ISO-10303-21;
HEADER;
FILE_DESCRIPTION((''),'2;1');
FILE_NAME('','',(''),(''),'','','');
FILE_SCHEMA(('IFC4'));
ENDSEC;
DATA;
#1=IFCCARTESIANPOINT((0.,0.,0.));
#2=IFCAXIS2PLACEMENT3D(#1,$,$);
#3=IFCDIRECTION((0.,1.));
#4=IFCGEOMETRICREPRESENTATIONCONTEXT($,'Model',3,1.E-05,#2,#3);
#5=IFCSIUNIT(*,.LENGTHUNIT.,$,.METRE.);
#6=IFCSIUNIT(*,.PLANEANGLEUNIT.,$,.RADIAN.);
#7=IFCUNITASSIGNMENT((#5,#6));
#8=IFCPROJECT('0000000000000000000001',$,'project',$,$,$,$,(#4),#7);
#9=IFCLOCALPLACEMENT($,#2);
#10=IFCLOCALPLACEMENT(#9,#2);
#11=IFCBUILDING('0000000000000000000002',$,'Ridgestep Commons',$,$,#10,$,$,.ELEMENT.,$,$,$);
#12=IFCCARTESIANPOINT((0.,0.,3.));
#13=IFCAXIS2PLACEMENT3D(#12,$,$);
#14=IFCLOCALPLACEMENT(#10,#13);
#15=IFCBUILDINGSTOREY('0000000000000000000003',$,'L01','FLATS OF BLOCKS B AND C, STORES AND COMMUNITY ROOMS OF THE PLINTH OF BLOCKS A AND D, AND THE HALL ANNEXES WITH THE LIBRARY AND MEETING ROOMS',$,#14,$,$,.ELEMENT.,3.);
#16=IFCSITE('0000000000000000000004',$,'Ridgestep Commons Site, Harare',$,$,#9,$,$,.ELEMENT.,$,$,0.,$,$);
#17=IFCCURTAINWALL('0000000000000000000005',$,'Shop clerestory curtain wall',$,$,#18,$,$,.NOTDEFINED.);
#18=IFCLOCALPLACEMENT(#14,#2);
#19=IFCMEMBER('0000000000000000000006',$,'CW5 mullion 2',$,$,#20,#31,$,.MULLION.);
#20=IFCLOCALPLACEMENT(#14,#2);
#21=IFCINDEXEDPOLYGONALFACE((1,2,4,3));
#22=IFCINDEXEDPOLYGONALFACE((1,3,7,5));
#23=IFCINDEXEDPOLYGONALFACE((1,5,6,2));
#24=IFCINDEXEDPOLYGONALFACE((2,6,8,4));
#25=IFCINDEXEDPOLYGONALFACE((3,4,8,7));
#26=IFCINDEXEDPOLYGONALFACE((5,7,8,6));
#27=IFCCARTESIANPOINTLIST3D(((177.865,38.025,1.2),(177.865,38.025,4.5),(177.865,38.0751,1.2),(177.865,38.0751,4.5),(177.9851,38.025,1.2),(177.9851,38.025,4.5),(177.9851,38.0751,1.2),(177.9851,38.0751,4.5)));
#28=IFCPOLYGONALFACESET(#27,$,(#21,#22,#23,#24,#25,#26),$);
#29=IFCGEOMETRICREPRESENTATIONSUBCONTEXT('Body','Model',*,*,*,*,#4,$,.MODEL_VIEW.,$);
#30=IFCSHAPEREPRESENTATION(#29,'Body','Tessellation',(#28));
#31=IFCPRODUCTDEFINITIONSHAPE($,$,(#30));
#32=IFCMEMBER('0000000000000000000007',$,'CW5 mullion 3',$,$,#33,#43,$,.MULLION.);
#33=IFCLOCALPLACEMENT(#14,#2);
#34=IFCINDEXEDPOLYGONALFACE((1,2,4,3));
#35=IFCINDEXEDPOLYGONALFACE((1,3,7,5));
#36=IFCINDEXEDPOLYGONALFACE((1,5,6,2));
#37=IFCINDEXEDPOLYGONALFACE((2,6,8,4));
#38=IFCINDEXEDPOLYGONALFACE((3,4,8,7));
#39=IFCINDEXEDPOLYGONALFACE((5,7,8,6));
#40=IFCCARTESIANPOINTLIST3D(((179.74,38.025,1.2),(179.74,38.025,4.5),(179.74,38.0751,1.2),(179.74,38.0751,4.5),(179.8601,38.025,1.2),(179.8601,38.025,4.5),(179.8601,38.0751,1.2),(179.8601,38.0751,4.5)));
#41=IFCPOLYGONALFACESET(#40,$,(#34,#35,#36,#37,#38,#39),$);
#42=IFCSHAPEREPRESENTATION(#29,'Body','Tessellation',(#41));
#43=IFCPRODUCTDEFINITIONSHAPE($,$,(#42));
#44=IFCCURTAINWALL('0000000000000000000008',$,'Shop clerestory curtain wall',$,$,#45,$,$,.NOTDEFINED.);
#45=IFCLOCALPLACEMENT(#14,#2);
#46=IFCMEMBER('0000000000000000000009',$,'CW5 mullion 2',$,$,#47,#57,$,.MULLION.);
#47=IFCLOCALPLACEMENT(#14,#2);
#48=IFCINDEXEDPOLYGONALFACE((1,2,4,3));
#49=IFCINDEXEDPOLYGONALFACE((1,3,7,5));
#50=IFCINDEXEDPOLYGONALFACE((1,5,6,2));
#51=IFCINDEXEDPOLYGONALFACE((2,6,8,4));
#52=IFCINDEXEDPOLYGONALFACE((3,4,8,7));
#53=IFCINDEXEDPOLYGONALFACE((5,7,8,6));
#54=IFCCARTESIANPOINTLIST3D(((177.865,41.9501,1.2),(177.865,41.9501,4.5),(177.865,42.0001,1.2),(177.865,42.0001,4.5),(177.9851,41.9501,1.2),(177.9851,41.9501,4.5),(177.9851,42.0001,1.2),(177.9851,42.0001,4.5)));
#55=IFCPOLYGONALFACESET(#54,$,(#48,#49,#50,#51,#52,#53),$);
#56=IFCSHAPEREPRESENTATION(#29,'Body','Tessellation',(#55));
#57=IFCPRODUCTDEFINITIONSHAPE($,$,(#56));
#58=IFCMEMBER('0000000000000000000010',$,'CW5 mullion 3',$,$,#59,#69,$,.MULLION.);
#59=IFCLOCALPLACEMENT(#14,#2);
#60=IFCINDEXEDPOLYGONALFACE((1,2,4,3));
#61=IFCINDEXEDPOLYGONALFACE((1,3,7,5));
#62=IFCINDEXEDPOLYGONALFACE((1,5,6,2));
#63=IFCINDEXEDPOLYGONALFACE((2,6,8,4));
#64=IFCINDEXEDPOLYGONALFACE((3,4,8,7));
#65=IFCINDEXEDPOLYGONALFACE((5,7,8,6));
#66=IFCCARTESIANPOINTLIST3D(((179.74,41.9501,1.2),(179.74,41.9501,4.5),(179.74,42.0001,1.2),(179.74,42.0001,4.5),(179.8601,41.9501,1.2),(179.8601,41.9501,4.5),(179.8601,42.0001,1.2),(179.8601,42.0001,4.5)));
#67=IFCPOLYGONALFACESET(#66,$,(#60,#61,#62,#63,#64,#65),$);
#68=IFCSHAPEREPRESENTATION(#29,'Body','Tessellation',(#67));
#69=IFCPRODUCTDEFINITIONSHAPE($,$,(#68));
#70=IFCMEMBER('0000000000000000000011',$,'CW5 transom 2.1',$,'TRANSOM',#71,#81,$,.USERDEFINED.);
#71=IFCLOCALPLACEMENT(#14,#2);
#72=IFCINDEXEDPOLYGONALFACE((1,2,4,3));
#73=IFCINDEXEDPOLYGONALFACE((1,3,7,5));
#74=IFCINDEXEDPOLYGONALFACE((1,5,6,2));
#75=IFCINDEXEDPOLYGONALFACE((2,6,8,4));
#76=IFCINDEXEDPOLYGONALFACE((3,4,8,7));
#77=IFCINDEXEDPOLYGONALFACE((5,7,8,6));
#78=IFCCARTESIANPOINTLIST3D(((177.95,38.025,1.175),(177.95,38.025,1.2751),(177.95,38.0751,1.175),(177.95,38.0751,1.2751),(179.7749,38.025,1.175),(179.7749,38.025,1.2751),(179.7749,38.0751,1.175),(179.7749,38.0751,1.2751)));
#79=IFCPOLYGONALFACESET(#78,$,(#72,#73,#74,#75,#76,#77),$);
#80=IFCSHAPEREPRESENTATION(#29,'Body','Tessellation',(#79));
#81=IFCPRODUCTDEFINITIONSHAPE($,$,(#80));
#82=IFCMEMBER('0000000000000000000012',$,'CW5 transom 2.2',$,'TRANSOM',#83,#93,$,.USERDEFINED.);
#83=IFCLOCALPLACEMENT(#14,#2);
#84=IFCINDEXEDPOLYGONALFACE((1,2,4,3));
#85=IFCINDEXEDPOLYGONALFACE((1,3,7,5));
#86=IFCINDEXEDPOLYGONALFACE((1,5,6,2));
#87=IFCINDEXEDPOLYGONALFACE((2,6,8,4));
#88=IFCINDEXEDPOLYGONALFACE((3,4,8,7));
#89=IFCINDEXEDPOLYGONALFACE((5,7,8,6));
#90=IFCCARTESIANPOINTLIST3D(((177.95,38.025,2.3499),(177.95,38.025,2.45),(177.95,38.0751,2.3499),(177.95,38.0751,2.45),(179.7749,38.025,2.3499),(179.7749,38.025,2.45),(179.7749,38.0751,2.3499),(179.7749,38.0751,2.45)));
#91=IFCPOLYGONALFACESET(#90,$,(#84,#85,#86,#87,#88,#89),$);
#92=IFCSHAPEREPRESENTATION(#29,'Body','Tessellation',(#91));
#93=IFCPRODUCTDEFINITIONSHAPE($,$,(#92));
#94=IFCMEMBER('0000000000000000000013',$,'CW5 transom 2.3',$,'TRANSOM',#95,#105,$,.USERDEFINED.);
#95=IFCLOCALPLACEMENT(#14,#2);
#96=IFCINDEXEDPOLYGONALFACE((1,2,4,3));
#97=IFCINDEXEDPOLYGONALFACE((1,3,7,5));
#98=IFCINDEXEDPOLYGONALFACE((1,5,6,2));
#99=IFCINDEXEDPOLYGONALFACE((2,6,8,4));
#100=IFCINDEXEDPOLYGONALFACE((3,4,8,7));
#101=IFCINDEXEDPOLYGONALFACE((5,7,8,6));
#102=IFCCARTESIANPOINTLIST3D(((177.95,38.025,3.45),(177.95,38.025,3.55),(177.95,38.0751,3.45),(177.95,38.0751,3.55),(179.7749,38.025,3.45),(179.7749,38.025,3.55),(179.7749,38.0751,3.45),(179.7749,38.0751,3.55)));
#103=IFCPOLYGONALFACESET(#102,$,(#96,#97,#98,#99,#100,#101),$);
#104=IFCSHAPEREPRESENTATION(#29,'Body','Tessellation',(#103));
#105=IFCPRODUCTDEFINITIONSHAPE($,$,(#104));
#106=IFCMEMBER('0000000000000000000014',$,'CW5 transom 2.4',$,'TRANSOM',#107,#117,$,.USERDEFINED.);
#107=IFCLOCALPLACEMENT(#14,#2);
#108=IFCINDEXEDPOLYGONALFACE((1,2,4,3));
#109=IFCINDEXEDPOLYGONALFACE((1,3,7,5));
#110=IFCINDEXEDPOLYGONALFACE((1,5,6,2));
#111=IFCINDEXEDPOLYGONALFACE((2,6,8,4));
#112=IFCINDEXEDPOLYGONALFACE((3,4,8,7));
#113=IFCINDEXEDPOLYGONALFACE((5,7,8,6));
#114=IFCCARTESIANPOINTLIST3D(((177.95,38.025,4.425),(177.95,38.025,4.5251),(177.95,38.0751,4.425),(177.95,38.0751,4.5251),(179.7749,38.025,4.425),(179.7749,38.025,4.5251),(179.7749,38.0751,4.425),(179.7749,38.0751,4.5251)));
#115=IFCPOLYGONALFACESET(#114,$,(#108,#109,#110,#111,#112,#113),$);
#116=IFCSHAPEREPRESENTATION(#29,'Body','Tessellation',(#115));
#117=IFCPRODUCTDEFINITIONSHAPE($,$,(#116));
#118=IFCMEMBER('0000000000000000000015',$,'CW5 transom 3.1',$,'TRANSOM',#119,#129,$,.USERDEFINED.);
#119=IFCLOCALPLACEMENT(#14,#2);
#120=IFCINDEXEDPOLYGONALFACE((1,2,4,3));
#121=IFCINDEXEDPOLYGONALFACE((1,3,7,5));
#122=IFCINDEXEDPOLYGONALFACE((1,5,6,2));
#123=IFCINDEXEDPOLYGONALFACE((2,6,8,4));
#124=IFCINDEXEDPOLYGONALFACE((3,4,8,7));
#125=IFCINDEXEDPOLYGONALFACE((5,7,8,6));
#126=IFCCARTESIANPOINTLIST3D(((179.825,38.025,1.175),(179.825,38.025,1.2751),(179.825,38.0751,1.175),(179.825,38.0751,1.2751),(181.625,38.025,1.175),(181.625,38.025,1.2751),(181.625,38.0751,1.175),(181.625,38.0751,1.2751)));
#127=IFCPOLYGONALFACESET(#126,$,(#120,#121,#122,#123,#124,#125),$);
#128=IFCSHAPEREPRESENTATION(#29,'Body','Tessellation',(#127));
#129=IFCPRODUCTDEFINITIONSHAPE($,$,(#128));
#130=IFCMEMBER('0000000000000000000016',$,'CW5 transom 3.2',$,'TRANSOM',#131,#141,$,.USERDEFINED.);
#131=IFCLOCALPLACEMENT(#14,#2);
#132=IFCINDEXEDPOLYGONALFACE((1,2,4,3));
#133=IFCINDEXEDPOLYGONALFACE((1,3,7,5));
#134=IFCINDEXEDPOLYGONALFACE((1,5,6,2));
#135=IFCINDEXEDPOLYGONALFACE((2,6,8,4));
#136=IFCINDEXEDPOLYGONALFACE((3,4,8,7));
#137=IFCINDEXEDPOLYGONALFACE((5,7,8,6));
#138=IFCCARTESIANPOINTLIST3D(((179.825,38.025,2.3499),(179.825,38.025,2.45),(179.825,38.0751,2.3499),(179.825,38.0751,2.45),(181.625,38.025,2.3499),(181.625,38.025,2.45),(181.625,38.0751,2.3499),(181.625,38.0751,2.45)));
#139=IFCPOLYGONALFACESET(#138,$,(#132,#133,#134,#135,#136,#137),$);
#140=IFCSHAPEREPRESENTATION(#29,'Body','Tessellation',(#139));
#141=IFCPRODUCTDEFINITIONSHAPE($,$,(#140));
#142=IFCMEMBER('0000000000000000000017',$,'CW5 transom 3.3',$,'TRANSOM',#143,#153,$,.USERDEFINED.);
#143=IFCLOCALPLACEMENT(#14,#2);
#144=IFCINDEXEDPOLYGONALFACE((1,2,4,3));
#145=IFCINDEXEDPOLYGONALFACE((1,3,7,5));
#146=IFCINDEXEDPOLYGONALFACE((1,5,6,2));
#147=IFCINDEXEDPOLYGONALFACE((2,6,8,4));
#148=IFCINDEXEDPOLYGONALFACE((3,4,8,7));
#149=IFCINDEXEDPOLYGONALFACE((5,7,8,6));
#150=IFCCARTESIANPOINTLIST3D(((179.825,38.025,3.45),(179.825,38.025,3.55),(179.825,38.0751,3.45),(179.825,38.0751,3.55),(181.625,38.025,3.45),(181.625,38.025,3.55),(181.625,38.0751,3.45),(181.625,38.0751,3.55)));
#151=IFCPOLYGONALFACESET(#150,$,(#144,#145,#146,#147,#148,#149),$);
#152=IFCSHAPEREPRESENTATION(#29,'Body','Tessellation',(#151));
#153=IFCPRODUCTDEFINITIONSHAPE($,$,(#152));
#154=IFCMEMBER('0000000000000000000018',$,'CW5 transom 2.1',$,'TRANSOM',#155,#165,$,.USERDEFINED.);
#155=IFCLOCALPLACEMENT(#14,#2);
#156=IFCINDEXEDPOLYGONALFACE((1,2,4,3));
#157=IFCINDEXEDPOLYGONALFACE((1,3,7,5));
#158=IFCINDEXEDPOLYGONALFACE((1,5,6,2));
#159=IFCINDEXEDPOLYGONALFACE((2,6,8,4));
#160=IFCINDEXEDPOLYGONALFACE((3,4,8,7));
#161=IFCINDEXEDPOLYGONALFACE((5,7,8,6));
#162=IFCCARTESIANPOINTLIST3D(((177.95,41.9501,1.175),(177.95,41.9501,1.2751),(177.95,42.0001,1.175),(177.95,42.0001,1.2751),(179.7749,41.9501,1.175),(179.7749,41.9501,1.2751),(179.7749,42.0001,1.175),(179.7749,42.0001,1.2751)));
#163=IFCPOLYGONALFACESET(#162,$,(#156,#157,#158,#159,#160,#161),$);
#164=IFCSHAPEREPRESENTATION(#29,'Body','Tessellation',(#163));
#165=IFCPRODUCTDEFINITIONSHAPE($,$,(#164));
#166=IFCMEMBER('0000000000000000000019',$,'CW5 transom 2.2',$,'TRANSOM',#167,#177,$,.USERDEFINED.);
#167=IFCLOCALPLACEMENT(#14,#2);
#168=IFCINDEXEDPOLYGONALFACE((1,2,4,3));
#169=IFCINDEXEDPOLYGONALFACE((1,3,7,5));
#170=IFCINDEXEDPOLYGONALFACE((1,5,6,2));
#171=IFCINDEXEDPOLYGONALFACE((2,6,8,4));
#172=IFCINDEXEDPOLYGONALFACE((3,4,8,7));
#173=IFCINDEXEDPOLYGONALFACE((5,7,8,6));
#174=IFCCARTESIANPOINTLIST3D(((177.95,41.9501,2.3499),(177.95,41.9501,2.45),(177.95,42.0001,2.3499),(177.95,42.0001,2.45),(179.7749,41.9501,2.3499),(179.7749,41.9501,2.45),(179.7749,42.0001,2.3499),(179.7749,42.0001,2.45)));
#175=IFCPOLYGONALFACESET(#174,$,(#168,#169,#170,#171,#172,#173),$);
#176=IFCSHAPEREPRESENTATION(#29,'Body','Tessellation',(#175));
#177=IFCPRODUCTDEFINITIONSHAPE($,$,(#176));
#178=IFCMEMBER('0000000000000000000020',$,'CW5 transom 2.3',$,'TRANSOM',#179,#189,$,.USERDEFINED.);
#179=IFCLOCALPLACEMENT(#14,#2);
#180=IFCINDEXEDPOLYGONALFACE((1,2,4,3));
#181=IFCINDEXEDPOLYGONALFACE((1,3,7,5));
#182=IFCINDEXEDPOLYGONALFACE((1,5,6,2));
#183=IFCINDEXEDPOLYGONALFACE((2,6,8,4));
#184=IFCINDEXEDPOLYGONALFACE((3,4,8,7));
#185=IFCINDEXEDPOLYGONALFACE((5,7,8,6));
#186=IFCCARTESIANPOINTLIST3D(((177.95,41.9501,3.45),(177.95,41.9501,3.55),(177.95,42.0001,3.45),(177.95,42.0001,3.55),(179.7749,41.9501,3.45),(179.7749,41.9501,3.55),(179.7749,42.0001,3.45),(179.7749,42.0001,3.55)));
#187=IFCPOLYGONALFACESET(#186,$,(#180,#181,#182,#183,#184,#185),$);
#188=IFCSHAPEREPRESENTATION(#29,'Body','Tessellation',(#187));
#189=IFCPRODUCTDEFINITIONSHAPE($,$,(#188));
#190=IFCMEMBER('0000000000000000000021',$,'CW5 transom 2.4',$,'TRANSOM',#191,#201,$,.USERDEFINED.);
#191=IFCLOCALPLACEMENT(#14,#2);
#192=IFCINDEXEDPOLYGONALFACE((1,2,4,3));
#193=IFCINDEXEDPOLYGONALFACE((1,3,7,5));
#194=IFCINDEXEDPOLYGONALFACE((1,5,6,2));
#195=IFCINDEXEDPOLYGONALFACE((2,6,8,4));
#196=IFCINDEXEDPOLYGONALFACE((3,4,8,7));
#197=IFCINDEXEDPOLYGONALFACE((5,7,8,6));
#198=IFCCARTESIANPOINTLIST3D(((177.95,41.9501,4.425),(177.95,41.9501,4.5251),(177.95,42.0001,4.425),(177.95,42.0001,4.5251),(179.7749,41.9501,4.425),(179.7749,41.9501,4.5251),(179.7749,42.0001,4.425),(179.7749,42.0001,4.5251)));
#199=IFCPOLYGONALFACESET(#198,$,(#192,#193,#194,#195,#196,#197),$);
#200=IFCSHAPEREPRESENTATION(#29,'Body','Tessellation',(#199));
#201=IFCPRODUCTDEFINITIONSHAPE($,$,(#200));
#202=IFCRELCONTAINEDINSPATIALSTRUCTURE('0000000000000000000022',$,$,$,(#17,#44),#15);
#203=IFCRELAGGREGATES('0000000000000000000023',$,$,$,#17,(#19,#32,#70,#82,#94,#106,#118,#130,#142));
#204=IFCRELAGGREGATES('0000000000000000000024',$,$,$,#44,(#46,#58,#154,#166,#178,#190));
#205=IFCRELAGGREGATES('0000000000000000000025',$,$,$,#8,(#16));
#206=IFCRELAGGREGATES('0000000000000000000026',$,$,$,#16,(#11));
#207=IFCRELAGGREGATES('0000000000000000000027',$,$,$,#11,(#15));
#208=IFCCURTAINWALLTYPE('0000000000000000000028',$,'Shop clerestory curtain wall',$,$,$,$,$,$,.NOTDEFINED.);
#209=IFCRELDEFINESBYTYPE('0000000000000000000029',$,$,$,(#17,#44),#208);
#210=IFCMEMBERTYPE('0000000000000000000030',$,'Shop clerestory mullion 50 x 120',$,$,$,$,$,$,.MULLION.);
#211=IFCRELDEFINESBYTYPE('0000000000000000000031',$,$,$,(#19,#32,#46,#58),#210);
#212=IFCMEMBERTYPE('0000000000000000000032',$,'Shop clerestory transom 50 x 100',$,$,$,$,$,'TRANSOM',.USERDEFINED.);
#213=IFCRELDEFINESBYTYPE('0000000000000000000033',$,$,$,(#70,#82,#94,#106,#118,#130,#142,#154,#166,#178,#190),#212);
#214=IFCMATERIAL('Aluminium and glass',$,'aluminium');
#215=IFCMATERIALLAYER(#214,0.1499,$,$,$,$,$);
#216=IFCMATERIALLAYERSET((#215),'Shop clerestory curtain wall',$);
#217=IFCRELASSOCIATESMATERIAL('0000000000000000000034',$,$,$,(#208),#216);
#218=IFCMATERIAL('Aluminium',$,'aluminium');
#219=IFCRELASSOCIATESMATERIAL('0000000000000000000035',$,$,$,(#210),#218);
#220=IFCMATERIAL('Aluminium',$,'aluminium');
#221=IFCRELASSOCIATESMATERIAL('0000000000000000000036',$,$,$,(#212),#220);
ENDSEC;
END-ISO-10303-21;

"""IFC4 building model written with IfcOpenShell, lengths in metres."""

from ifc_helpers import new_model, si_unit, direction, frame, origin, origin_2d, place, context, subcontext, project, spatial, rectangle, extrude, material, layer, layer_set, material_profile, profile_set, type_object, element, aggregate, save


model = new_model("IFC4")

# Units and contexts
model_context = context("Model", 3, precision=1e-05, world=origin(), true_north=direction((0.0, 1.0)))
body_context = subcontext(model_context, "Body", "Model", "MODEL_VIEW")
ifc_project = project(units=[si_unit("LENGTHUNIT", "METRE"), si_unit("PLANEANGLEUNIT", "RADIAN")], contexts=[model_context])

# Site, building, storey
site_placement = place(None, origin())
site = spatial("IfcSite", under=ifc_project, at=site_placement, Name="Ridgestep Commons Site, Harare", CompositionType="ELEMENT", RefElevation=0.0)
building_placement = place(site_placement, origin())
building = spatial("IfcBuilding", under=site, at=building_placement, Name="Ridgestep Commons", CompositionType="ELEMENT")
storey_placement = place(building_placement, frame((0.0, 0.0, 3.0)))
storey = spatial("IfcBuildingStorey", under=building, at=storey_placement, Name="L01", Description="FLATS OF BLOCKS B AND C, STORES AND COMMUNITY ROOMS OF THE PLINTH OF BLOCKS A AND D, AND THE HALL ANNEXES WITH THE LIBRARY AND MEETING ROOMS", CompositionType="ELEMENT", Elevation=3.0)

# Curtain walls, members
ifc_material_1 = material(Name="Aluminium and glass", Category="aluminium")
ifc_layer_1 = layer(ifc_material_1, 0.1499)
ifc_layer_set_1 = layer_set([ifc_layer_1], Name="Shop clerestory curtain wall")
curtain_wall_type = type_object("IfcCurtainWallType", Name="Shop clerestory curtain wall", PredefinedType="NOTDEFINED", material=ifc_layer_set_1)
curtain_wall_1_placement = place(storey_placement, origin())
curtain_wall_1 = element("IfcCurtainWall", 1, at=curtain_wall_1_placement, inside=storey, type_object=curtain_wall_type, Name="Shop clerestory curtain wall", PredefinedType="NOTDEFINED")
ifc_material_2 = material(Name="Aluminium", Category="aluminium")
ifc_material_profile_1 = material_profile(ifc_material_2, rectangle(XDim=0.05, YDim=0.1201, at=origin_2d()), Name="Shop clerestory mullion 50 x 120")
ifc_profile_set_1 = profile_set([ifc_material_profile_1], Name="Aluminium")
member_type_1 = type_object("IfcMemberType", Name="Shop clerestory mullion 50 x 120", PredefinedType="MULLION", material=ifc_profile_set_1)
member_1_placement = place(storey_placement, frame((177.925, 38.05, 1.2), z_axis=(0.0, 0.0, 1.0), x_axis=(0.0, 1.0, 0.0)))
member_1 = element("IfcMember", 2, at=member_1_placement, type_object=member_type_1, Name="CW5 mullion 2", PredefinedType="MULLION", context=body_context, shape_type="SweptSolid", body=[
    extrude(rectangle(XDim=0.05, YDim=0.1201, at=origin_2d()), origin(), (0.0, 0.0, 1.0), 3.3),
])
member_2_placement = place(storey_placement, frame((179.8, 38.05, 1.2), z_axis=(0.0, 0.0, 1.0), x_axis=(0.0, 1.0, 0.0)))
member_2 = element("IfcMember", 3, at=member_2_placement, type_object=member_type_1, Name="CW5 mullion 3", PredefinedType="MULLION", context=body_context, shape_type="SweptSolid", body=[
    extrude(rectangle(XDim=0.05, YDim=0.1201, at=origin_2d()), origin(), (0.0, 0.0, 1.0), 3.3),
])
curtain_wall_2_placement = place(storey_placement, origin())
curtain_wall_2 = element("IfcCurtainWall", 4, at=curtain_wall_2_placement, inside=storey, type_object=curtain_wall_type, Name="Shop clerestory curtain wall", PredefinedType="NOTDEFINED")
member_3_placement = place(storey_placement, frame((177.925, 41.9751, 1.2), z_axis=(0.0, 0.0, 1.0), x_axis=(0.0, 1.0, 0.0)))
member_3 = element("IfcMember", 5, at=member_3_placement, type_object=member_type_1, Name="CW5 mullion 2", PredefinedType="MULLION", context=body_context, shape_type="SweptSolid", body=[
    extrude(rectangle(XDim=0.05, YDim=0.1201, at=origin_2d()), origin(), (0.0, 0.0, 1.0), 3.3),
])
member_4_placement = place(storey_placement, frame((179.8, 41.9751, 1.2), z_axis=(0.0, 0.0, 1.0), x_axis=(0.0, 1.0, 0.0)))
member_4 = element("IfcMember", 6, at=member_4_placement, type_object=member_type_1, Name="CW5 mullion 3", PredefinedType="MULLION", context=body_context, shape_type="SweptSolid", body=[
    extrude(rectangle(XDim=0.05, YDim=0.1201, at=origin_2d()), origin(), (0.0, 0.0, 1.0), 3.3),
])

# Members
ifc_material_3 = material(Name="Aluminium", Category="aluminium")
ifc_material_profile_2 = material_profile(ifc_material_3, rectangle(XDim=0.05, YDim=0.1001, at=origin_2d()), Name="Shop clerestory transom 50 x 100")
ifc_profile_set_2 = profile_set([ifc_material_profile_2], Name="Aluminium")
member_type_2 = type_object("IfcMemberType", Name="Shop clerestory transom 50 x 100", ElementType="TRANSOM", PredefinedType="USERDEFINED", material=ifc_profile_set_2)
member_5_placement = place(storey_placement, frame((177.95, 38.05, 1.2251), z_axis=(1.0, 0.0, 0.0), x_axis=(0.0, 1.0, 0.0)))
member_5 = element("IfcMember", 7, at=member_5_placement, type_object=member_type_2, Name="CW5 transom 2.1", ObjectType="TRANSOM", PredefinedType="USERDEFINED", context=body_context, shape_type="SweptSolid", body=[
    extrude(rectangle(XDim=0.05, YDim=0.1001, at=origin_2d()), origin(), (0.0, 0.0, 1.0), 1.825),
])
member_6_placement = place(storey_placement, frame((177.95, 38.05, 2.3999), z_axis=(1.0, 0.0, 0.0), x_axis=(0.0, 1.0, 0.0)))
member_6 = element("IfcMember", 8, at=member_6_placement, type_object=member_type_2, Name="CW5 transom 2.2", ObjectType="TRANSOM", PredefinedType="USERDEFINED", context=body_context, shape_type="SweptSolid", body=[
    extrude(rectangle(XDim=0.05, YDim=0.1001, at=origin_2d()), origin(), (0.0, 0.0, 1.0), 1.825),
])
member_7_placement = place(storey_placement, frame((177.95, 38.05, 3.5), z_axis=(1.0, 0.0, 0.0), x_axis=(0.0, 1.0, 0.0)))
member_7 = element("IfcMember", 9, at=member_7_placement, type_object=member_type_2, Name="CW5 transom 2.3", ObjectType="TRANSOM", PredefinedType="USERDEFINED", context=body_context, shape_type="SweptSolid", body=[
    extrude(rectangle(XDim=0.05, YDim=0.1001, at=origin_2d()), origin(), (0.0, 0.0, 1.0), 1.825),
])
member_8_placement = place(storey_placement, frame((177.95, 38.05, 4.4751), z_axis=(1.0, 0.0, 0.0), x_axis=(0.0, 1.0, 0.0)))
member_8 = element("IfcMember", 10, at=member_8_placement, type_object=member_type_2, Name="CW5 transom 2.4", ObjectType="TRANSOM", PredefinedType="USERDEFINED", context=body_context, shape_type="SweptSolid", body=[
    extrude(rectangle(XDim=0.05, YDim=0.1001, at=origin_2d()), origin(), (0.0, 0.0, 1.0), 1.825),
])
member_9_placement = place(storey_placement, frame((179.825, 38.05, 1.2251), z_axis=(1.0, 0.0, 0.0), x_axis=(0.0, 1.0, 0.0)))
member_9 = element("IfcMember", 11, at=member_9_placement, type_object=member_type_2, Name="CW5 transom 3.1", ObjectType="TRANSOM", PredefinedType="USERDEFINED", context=body_context, shape_type="SweptSolid", body=[
    extrude(rectangle(XDim=0.05, YDim=0.1001, at=origin_2d()), origin(), (0.0, 0.0, 1.0), 1.8),
])
member_10_placement = place(storey_placement, frame((179.825, 38.05, 2.3999), z_axis=(1.0, 0.0, 0.0), x_axis=(0.0, 1.0, 0.0)))
member_10 = element("IfcMember", 12, at=member_10_placement, type_object=member_type_2, Name="CW5 transom 3.2", ObjectType="TRANSOM", PredefinedType="USERDEFINED", context=body_context, shape_type="SweptSolid", body=[
    extrude(rectangle(XDim=0.05, YDim=0.1001, at=origin_2d()), origin(), (0.0, 0.0, 1.0), 1.8),
])
member_11_placement = place(storey_placement, frame((179.825, 38.05, 3.5), z_axis=(1.0, 0.0, 0.0), x_axis=(0.0, 1.0, 0.0)))
member_11 = element("IfcMember", 13, at=member_11_placement, type_object=member_type_2, Name="CW5 transom 3.3", ObjectType="TRANSOM", PredefinedType="USERDEFINED", context=body_context, shape_type="SweptSolid", body=[
    extrude(rectangle(XDim=0.05, YDim=0.1001, at=origin_2d()), origin(), (0.0, 0.0, 1.0), 1.8),
])
member_12_placement = place(storey_placement, frame((177.95, 41.9751, 1.2251), z_axis=(1.0, 0.0, 0.0), x_axis=(0.0, 1.0, 0.0)))
member_12 = element("IfcMember", 14, at=member_12_placement, type_object=member_type_2, Name="CW5 transom 2.1", ObjectType="TRANSOM", PredefinedType="USERDEFINED", context=body_context, shape_type="SweptSolid", body=[
    extrude(rectangle(XDim=0.05, YDim=0.1001, at=origin_2d()), origin(), (0.0, 0.0, 1.0), 1.825),
])
member_13_placement = place(storey_placement, frame((177.95, 41.9751, 2.3999), z_axis=(1.0, 0.0, 0.0), x_axis=(0.0, 1.0, 0.0)))
member_13 = element("IfcMember", 15, at=member_13_placement, type_object=member_type_2, Name="CW5 transom 2.2", ObjectType="TRANSOM", PredefinedType="USERDEFINED", context=body_context, shape_type="SweptSolid", body=[
    extrude(rectangle(XDim=0.05, YDim=0.1001, at=origin_2d()), origin(), (0.0, 0.0, 1.0), 1.825),
])
member_14_placement = place(storey_placement, frame((177.95, 41.9751, 3.5), z_axis=(1.0, 0.0, 0.0), x_axis=(0.0, 1.0, 0.0)))
member_14 = element("IfcMember", 16, at=member_14_placement, type_object=member_type_2, Name="CW5 transom 2.3", ObjectType="TRANSOM", PredefinedType="USERDEFINED", context=body_context, shape_type="SweptSolid", body=[
    extrude(rectangle(XDim=0.05, YDim=0.1001, at=origin_2d()), origin(), (0.0, 0.0, 1.0), 1.825),
])
member_15_placement = place(storey_placement, frame((177.95, 41.9751, 4.4751), z_axis=(1.0, 0.0, 0.0), x_axis=(0.0, 1.0, 0.0)))
member_15 = element("IfcMember", 17, at=member_15_placement, type_object=member_type_2, Name="CW5 transom 2.4", ObjectType="TRANSOM", PredefinedType="USERDEFINED", context=body_context, shape_type="SweptSolid", body=[
    extrude(rectangle(XDim=0.05, YDim=0.1001, at=origin_2d()), origin(), (0.0, 0.0, 1.0), 1.825),
])

aggregate(curtain_wall_1, [member_1, member_2, member_5, member_6, member_7, member_8, member_9, member_10, member_11])
aggregate(curtain_wall_2, [member_3, member_4, member_12, member_13, member_14, member_15])

save(model, "model.ifc")
